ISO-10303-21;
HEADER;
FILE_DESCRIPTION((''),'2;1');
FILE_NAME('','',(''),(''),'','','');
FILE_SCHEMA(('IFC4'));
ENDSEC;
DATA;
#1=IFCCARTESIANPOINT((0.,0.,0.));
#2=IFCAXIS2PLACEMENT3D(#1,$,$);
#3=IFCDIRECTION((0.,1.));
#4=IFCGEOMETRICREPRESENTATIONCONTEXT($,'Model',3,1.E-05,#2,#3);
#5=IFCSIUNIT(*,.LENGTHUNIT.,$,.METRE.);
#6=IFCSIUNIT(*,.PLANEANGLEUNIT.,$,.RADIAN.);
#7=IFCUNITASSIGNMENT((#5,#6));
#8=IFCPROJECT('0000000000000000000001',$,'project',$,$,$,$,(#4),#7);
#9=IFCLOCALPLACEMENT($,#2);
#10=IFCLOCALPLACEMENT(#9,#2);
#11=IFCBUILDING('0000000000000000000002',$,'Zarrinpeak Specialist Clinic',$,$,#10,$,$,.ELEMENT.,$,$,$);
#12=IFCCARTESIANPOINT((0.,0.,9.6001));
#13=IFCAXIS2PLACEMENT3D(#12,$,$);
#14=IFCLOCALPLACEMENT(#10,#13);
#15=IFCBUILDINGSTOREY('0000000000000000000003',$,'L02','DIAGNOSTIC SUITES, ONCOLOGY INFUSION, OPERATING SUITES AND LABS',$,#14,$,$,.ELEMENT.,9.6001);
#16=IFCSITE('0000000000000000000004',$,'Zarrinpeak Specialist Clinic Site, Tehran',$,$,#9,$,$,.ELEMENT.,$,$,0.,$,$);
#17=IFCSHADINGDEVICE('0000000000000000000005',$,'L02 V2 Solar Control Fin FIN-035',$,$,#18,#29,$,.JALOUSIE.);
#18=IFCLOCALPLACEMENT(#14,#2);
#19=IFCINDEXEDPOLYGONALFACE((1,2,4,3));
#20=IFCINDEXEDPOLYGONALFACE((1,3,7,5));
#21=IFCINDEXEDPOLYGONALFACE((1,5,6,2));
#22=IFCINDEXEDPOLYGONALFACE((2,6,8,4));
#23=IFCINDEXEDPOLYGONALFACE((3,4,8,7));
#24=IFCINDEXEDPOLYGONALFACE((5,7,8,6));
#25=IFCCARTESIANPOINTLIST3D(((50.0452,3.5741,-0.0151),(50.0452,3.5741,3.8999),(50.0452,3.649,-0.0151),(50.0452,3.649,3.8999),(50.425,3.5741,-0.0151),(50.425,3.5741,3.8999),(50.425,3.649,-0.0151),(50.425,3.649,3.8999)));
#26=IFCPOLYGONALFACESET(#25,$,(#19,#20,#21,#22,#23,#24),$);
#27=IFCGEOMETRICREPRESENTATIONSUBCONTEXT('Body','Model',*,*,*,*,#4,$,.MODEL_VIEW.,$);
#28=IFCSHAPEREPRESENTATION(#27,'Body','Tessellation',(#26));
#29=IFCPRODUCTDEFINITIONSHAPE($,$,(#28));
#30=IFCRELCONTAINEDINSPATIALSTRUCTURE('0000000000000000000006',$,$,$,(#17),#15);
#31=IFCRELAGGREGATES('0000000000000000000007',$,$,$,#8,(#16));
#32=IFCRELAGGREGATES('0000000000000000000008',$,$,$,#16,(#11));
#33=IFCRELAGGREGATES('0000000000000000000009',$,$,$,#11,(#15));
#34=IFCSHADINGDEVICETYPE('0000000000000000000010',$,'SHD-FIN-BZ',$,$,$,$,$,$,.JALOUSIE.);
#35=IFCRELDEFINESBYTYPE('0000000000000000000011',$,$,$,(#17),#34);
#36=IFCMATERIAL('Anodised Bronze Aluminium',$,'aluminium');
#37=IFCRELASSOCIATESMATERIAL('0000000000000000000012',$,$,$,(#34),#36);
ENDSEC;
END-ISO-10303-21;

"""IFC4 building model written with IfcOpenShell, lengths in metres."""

from ifc_helpers import new_model, si_unit, direction, frame, origin, origin_2d, place, context, subcontext, project, spatial, rectangle, extrude, material, type_object, element, save


model = new_model("IFC4")

# Units and contexts
model_context = context("Model", 3, precision=1e-05, world=origin(), true_north=direction((0.0, 1.0)))
body_context = subcontext(model_context, "Body", "Model", "MODEL_VIEW")
ifc_project = project(units=[si_unit("LENGTHUNIT", "METRE"), si_unit("PLANEANGLEUNIT", "RADIAN")], contexts=[model_context])

# Site, building, storey
site_placement = place(None, origin())
site = spatial("IfcSite", under=ifc_project, at=site_placement, Name="Zarrinpeak Specialist Clinic Site, Tehran", CompositionType="ELEMENT", RefElevation=0.0)
building_placement = place(site_placement, origin())
building = spatial("IfcBuilding", under=site, at=building_placement, Name="Zarrinpeak Specialist Clinic", CompositionType="ELEMENT")
storey_placement = place(building_placement, frame((0.0, 0.0, 9.6001)))
storey = spatial("IfcBuildingStorey", under=building, at=storey_placement, Name="L02", Description="DIAGNOSTIC SUITES, ONCOLOGY INFUSION, OPERATING SUITES AND LABS", CompositionType="ELEMENT", Elevation=9.6001)

# Shading device
ifc_material_1 = material(Name="Anodised Bronze Aluminium", Category="aluminium")
shading_device_type = type_object("IfcShadingDeviceType", Name="SHD-FIN-BZ", PredefinedType="JALOUSIE", material=ifc_material_1)
shading_device_1_placement = place(storey_placement, frame((50.2351, 3.6116, -0.0151), z_axis=(0.0, 0.0, 1.0), x_axis=(1.0, 0.0, 0.0)))
element("IfcShadingDevice", 1, at=shading_device_1_placement, inside=storey, type_object=shading_device_type, Name="L02 V2 Solar Control Fin FIN-035", PredefinedType="JALOUSIE", context=body_context, shape_type="SweptSolid", body=[
    extrude(rectangle(XDim=0.3799, YDim=0.075, at=origin_2d()), origin(), (0.0, 0.0, 1.0), 3.915),
])

save(model, "model.ifc")
